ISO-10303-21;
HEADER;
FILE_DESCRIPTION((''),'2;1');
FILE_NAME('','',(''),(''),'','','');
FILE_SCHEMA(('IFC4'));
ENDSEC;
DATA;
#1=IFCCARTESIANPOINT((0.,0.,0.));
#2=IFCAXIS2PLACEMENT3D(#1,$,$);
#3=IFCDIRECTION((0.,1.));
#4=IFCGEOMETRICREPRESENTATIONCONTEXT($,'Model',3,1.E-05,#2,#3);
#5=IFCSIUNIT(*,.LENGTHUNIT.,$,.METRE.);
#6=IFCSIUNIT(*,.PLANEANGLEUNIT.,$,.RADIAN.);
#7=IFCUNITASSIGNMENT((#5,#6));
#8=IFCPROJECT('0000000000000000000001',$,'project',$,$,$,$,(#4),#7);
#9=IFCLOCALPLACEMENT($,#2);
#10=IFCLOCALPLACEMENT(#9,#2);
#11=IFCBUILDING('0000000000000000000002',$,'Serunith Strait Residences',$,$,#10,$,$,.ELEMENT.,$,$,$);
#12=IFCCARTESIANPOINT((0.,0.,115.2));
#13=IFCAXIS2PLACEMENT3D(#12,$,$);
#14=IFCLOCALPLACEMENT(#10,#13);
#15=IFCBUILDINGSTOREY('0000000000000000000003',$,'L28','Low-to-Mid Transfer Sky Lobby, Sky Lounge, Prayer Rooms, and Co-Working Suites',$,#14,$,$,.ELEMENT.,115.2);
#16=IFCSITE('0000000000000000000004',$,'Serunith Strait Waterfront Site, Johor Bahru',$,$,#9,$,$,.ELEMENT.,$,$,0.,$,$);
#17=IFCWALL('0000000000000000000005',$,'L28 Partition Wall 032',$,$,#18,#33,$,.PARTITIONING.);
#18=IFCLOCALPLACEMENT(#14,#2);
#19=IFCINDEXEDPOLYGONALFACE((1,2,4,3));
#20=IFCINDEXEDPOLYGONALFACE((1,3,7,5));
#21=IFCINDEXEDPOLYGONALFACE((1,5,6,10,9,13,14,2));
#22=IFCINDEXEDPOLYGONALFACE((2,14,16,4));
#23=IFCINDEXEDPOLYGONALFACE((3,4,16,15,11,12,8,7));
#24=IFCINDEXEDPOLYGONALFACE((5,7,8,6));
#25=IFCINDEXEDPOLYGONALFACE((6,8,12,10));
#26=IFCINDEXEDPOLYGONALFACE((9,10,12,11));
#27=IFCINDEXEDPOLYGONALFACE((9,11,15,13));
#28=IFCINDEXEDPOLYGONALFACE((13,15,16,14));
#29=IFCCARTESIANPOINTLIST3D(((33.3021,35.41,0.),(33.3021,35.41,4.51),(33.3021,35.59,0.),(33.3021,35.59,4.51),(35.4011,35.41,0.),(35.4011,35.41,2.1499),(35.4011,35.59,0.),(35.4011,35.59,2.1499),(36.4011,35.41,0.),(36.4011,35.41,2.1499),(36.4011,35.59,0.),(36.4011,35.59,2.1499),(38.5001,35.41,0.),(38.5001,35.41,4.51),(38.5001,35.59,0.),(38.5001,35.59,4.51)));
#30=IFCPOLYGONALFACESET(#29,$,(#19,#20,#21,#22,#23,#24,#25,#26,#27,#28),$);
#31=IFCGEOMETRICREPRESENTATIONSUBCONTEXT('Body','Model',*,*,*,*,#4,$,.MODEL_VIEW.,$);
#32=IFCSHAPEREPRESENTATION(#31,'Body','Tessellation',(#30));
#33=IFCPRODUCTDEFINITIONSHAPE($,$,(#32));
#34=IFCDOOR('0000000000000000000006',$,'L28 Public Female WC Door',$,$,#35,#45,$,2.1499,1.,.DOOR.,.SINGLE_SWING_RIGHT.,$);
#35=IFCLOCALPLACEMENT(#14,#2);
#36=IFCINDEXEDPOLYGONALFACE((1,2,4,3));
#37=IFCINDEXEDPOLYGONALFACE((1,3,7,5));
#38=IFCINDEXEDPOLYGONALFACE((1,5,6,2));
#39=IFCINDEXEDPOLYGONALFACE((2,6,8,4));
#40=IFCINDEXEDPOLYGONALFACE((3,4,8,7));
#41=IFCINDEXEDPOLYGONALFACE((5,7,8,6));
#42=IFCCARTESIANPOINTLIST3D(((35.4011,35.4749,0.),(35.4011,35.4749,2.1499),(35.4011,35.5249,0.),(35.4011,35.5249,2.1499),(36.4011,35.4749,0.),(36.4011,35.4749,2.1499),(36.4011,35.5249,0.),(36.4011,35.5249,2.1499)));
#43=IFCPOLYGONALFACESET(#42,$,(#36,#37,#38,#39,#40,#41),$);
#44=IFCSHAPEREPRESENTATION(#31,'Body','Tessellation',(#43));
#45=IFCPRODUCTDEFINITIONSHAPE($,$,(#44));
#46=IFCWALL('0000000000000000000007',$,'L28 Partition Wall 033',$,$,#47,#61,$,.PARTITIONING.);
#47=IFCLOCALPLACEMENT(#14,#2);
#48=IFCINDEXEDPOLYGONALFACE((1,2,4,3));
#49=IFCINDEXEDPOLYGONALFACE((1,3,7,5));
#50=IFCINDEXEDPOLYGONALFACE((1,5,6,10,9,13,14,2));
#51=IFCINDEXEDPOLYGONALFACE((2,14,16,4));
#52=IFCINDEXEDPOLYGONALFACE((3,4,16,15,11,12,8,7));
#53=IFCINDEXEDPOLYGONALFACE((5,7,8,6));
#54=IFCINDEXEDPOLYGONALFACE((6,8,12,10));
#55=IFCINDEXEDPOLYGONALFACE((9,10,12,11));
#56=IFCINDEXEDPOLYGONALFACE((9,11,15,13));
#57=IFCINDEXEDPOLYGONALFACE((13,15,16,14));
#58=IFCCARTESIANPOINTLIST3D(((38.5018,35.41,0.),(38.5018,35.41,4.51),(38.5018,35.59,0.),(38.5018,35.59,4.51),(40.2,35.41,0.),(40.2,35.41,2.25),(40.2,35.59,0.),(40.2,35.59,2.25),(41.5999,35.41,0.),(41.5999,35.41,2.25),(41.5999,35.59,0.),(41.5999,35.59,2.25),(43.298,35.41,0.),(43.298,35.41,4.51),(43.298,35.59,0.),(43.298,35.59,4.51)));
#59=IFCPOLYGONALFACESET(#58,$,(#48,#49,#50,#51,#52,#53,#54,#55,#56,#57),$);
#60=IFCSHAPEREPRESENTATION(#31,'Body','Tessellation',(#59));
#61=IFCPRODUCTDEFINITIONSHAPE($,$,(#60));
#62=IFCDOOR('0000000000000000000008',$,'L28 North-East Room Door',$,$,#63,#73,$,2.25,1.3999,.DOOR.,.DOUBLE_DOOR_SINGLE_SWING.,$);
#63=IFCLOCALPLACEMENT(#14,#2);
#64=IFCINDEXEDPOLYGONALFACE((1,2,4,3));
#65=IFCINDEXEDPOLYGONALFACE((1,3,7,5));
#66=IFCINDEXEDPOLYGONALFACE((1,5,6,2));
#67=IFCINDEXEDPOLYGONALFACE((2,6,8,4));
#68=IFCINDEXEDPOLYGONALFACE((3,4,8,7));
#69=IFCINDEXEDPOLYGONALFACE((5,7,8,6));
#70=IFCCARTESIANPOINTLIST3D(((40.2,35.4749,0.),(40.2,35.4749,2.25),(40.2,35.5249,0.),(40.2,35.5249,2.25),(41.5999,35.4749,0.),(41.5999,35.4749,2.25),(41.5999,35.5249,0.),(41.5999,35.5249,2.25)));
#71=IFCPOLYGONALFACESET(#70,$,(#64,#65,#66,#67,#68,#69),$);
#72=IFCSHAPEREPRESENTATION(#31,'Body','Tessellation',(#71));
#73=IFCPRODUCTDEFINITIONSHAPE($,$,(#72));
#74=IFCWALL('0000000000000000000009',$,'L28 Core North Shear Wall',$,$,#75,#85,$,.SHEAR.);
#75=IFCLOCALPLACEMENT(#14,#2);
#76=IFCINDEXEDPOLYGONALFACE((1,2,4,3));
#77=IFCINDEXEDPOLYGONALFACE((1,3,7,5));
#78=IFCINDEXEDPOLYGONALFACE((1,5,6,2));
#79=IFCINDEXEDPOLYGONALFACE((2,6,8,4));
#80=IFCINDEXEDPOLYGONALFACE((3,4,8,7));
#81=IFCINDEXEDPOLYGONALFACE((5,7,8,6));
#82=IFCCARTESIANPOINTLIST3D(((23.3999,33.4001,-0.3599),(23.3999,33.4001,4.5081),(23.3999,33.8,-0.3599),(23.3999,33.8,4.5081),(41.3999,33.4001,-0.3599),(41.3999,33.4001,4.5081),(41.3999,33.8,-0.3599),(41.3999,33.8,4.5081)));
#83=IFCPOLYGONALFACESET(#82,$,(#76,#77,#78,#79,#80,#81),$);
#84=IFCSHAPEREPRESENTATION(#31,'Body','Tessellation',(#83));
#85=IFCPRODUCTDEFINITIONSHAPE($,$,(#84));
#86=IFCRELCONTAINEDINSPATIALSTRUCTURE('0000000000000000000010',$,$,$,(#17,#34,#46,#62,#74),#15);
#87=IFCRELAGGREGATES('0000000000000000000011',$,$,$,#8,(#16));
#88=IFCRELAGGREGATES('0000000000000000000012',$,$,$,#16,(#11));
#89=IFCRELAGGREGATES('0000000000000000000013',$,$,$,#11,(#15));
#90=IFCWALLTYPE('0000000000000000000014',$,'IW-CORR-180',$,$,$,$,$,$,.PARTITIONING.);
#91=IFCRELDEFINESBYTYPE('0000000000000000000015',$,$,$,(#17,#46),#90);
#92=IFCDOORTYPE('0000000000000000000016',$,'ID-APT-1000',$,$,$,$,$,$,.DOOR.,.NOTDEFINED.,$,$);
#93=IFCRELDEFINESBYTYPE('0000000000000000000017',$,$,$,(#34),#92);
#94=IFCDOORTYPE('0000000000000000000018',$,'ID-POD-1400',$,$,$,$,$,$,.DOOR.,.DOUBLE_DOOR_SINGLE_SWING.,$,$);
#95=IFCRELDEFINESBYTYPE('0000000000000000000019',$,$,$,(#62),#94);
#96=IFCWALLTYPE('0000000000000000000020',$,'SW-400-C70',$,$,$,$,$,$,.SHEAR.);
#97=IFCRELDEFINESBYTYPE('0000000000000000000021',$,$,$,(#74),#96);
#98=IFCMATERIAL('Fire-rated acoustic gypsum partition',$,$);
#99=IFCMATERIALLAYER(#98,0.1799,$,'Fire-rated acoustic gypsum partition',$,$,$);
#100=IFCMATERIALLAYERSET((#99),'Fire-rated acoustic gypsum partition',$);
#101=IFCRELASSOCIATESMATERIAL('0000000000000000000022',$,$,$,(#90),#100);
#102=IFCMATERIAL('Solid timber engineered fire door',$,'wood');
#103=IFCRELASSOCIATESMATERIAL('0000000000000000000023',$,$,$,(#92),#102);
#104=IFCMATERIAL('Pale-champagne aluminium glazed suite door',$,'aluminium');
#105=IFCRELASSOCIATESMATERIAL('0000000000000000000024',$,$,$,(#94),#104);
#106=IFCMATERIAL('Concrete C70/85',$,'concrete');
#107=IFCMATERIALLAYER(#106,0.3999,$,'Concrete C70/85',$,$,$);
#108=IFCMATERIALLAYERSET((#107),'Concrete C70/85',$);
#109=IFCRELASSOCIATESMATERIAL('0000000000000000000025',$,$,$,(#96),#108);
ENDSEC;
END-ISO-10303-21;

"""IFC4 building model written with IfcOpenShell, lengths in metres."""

from ifc_helpers import new_model, si_unit, direction, frame, frame_2d, origin, place, context, subcontext, project, spatial, rectangle, extrude, source, transform, mapped, material, layer, layer_set, type_object, element, fill, save


model = new_model("IFC4")

# Units and contexts
model_context = context("Model", 3, precision=1e-05, world=origin(), true_north=direction((0.0, 1.0)))
body_context = subcontext(model_context, "Body", "Model", "MODEL_VIEW")
ifc_project = project(units=[si_unit("LENGTHUNIT", "METRE"), si_unit("PLANEANGLEUNIT", "RADIAN")], contexts=[model_context])

# Site, building, storey
site_placement = place(None, origin())
site = spatial("IfcSite", under=ifc_project, at=site_placement, Name="Serunith Strait Waterfront Site, Johor Bahru", CompositionType="ELEMENT", RefElevation=0.0)
building_placement = place(site_placement, origin())
building = spatial("IfcBuilding", under=site, at=building_placement, Name="Serunith Strait Residences", CompositionType="ELEMENT")
storey_placement = place(building_placement, frame((0.0, 0.0, 115.2)))
storey = spatial("IfcBuildingStorey", under=building, at=storey_placement, Name="L28", Description="Low-to-Mid Transfer Sky Lobby, Sky Lounge, Prayer Rooms, and Co-Working Suites", CompositionType="ELEMENT", Elevation=115.2)

# Shared definitions
ifc_material_1 = material(Name="Fire-rated acoustic gypsum partition")
ifc_layer_1 = layer(ifc_material_1, 0.1799, Name="Fire-rated acoustic gypsum partition")
ifc_layer_set_1 = layer_set([ifc_layer_1], Name="Fire-rated acoustic gypsum partition")
wall_type_1 = type_object("IfcWallType", Name="IW-CORR-180", PredefinedType="PARTITIONING", material=ifc_layer_set_1)

# Walls, openings, doors
ifc_material_2 = material(Name="Solid timber engineered fire door", Category="wood")
door_type_1 = type_object("IfcDoorType", Name="ID-APT-1000", OperationType="NOTDEFINED", PredefinedType="DOOR", material=ifc_material_2)
shared_shape_1 = source(origin(), body_context, "Body", "SweptSolid", [
    extrude(rectangle(XDim=1.0, YDim=2.1499, at=frame_2d((0.5, 1.075))), frame((0.0, 0.0249, 0.0), z_axis=(0.0, -1.0, 0.0), x_axis=(1.0, 0.0, 0.0)), (0.0, 0.0, 1.0), 0.05),
])
wall_1_placement = place(storey_placement, frame((33.302, 35.5, 0.0), z_axis=(0.0, 0.0, 1.0), x_axis=(1.0, 0.0, 0.0)))
wall_1 = element("IfcWall", 1, at=wall_1_placement, inside=storey, type_object=wall_type_1, Name="L28 Partition Wall 032", PredefinedType="PARTITIONING", context=body_context, shape_type="SweptSolid", body=[
    extrude(rectangle(XDim=5.198, YDim=0.1799, at=frame_2d((2.5991, 0.0))), origin(), (0.0, 0.0, 1.0), 4.51),
])
opening_1_placement = place(wall_1_placement, frame((2.0991, 0.0, 0.0)))
opening_1 = element("IfcOpeningElement", 2, at=opening_1_placement, cuts=wall_1, PredefinedType="OPENING", context=body_context, shape_type="SweptSolid", body=[
    extrude(rectangle(XDim=1.0, YDim=2.1499, at=frame_2d((0.5, 1.075))), frame((0.0, 0.1001, 0.0), z_axis=(0.0, -1.0, 0.0), x_axis=(1.0, 0.0, 0.0)), (0.0, 0.0, 1.0), 0.2),
])
door_1_placement = place(opening_1_placement, origin())
door_1 = element("IfcDoor", 3, at=door_1_placement, inside=storey, type_object=door_type_1, Name="L28 Public Female WC Door", OperationType="SINGLE_SWING_RIGHT", OverallHeight=2.1499, OverallWidth=1.0, PredefinedType="DOOR", context=body_context, shape_type="MappedRepresentation", body=[
    mapped(shared_shape_1, transform((0.0, 0.0, 0.0), scale=1.0)),
])
fill(opening_1, door_1)
wall_2_placement = place(storey_placement, frame((38.502, 35.5, 0.0), z_axis=(0.0, 0.0, 1.0), x_axis=(1.0, 0.0, 0.0)))
wall_2 = element("IfcWall", 4, at=wall_2_placement, inside=storey, type_object=wall_type_1, Name="L28 Partition Wall 033", PredefinedType="PARTITIONING", context=body_context, shape_type="SweptSolid", body=[
    extrude(rectangle(XDim=4.7961, YDim=0.1799, at=frame_2d((2.3979, 0.0))), origin(), (0.0, 0.0, 1.0), 4.51),
])
opening_2_placement = place(wall_2_placement, frame((1.698, 0.0, 0.0)))
opening_2 = element("IfcOpeningElement", 5, at=opening_2_placement, cuts=wall_2, PredefinedType="OPENING", context=body_context, shape_type="SweptSolid", body=[
    extrude(rectangle(XDim=1.3999, YDim=2.25, at=frame_2d((0.7, 1.125))), frame((0.0, 0.1001, 0.0), z_axis=(0.0, -1.0, 0.0), x_axis=(1.0, 0.0, 0.0)), (0.0, 0.0, 1.0), 0.2),
])
ifc_material_3 = material(Name="Pale-champagne aluminium glazed suite door", Category="aluminium")
door_type_2 = type_object("IfcDoorType", Name="ID-POD-1400", OperationType="DOUBLE_DOOR_SINGLE_SWING", PredefinedType="DOOR", material=ifc_material_3)
shared_shape_2 = source(origin(), body_context, "Body", "SweptSolid", [
    extrude(rectangle(XDim=1.3999, YDim=2.25, at=frame_2d((0.7, 1.125))), frame((0.0, 0.0249, 0.0), z_axis=(0.0, -1.0, 0.0), x_axis=(1.0, 0.0, 0.0)), (0.0, 0.0, 1.0), 0.05),
])
door_2_placement = place(opening_2_placement, origin())
door_2 = element("IfcDoor", 6, at=door_2_placement, inside=storey, type_object=door_type_2, Name="L28 North-East Room Door", OperationType="DOUBLE_DOOR_SINGLE_SWING", OverallHeight=2.25, OverallWidth=1.3999, PredefinedType="DOOR", context=body_context, shape_type="MappedRepresentation", body=[
    mapped(shared_shape_2, transform((0.0, 0.0, 0.0), scale=1.0)),
])
fill(opening_2, door_2)

# Wall
ifc_material_4 = material(Name="Concrete C70/85", Category="concrete")
ifc_layer_2 = layer(ifc_material_4, 0.3999, Name="Concrete C70/85")
ifc_layer_set_2 = layer_set([ifc_layer_2], Name="Concrete C70/85")
wall_type_2 = type_object("IfcWallType", Name="SW-400-C70", PredefinedType="SHEAR", material=ifc_layer_set_2)
wall_3_placement = place(storey_placement, frame((41.3999, 33.6001, -0.3599), z_axis=(0.0, 0.0, 1.0), x_axis=(-1.0, 0.0, 0.0)))
element("IfcWall", 7, at=wall_3_placement, inside=storey, type_object=wall_type_2, Name="L28 Core North Shear Wall", PredefinedType="SHEAR", context=body_context, shape_type="SweptSolid", body=[
    extrude(rectangle(XDim=18.0, YDim=0.3999, at=frame_2d((9.0, 0.0))), origin(), (0.0, 0.0, 1.0), 4.8679),
])

save(model, "model.ifc")
